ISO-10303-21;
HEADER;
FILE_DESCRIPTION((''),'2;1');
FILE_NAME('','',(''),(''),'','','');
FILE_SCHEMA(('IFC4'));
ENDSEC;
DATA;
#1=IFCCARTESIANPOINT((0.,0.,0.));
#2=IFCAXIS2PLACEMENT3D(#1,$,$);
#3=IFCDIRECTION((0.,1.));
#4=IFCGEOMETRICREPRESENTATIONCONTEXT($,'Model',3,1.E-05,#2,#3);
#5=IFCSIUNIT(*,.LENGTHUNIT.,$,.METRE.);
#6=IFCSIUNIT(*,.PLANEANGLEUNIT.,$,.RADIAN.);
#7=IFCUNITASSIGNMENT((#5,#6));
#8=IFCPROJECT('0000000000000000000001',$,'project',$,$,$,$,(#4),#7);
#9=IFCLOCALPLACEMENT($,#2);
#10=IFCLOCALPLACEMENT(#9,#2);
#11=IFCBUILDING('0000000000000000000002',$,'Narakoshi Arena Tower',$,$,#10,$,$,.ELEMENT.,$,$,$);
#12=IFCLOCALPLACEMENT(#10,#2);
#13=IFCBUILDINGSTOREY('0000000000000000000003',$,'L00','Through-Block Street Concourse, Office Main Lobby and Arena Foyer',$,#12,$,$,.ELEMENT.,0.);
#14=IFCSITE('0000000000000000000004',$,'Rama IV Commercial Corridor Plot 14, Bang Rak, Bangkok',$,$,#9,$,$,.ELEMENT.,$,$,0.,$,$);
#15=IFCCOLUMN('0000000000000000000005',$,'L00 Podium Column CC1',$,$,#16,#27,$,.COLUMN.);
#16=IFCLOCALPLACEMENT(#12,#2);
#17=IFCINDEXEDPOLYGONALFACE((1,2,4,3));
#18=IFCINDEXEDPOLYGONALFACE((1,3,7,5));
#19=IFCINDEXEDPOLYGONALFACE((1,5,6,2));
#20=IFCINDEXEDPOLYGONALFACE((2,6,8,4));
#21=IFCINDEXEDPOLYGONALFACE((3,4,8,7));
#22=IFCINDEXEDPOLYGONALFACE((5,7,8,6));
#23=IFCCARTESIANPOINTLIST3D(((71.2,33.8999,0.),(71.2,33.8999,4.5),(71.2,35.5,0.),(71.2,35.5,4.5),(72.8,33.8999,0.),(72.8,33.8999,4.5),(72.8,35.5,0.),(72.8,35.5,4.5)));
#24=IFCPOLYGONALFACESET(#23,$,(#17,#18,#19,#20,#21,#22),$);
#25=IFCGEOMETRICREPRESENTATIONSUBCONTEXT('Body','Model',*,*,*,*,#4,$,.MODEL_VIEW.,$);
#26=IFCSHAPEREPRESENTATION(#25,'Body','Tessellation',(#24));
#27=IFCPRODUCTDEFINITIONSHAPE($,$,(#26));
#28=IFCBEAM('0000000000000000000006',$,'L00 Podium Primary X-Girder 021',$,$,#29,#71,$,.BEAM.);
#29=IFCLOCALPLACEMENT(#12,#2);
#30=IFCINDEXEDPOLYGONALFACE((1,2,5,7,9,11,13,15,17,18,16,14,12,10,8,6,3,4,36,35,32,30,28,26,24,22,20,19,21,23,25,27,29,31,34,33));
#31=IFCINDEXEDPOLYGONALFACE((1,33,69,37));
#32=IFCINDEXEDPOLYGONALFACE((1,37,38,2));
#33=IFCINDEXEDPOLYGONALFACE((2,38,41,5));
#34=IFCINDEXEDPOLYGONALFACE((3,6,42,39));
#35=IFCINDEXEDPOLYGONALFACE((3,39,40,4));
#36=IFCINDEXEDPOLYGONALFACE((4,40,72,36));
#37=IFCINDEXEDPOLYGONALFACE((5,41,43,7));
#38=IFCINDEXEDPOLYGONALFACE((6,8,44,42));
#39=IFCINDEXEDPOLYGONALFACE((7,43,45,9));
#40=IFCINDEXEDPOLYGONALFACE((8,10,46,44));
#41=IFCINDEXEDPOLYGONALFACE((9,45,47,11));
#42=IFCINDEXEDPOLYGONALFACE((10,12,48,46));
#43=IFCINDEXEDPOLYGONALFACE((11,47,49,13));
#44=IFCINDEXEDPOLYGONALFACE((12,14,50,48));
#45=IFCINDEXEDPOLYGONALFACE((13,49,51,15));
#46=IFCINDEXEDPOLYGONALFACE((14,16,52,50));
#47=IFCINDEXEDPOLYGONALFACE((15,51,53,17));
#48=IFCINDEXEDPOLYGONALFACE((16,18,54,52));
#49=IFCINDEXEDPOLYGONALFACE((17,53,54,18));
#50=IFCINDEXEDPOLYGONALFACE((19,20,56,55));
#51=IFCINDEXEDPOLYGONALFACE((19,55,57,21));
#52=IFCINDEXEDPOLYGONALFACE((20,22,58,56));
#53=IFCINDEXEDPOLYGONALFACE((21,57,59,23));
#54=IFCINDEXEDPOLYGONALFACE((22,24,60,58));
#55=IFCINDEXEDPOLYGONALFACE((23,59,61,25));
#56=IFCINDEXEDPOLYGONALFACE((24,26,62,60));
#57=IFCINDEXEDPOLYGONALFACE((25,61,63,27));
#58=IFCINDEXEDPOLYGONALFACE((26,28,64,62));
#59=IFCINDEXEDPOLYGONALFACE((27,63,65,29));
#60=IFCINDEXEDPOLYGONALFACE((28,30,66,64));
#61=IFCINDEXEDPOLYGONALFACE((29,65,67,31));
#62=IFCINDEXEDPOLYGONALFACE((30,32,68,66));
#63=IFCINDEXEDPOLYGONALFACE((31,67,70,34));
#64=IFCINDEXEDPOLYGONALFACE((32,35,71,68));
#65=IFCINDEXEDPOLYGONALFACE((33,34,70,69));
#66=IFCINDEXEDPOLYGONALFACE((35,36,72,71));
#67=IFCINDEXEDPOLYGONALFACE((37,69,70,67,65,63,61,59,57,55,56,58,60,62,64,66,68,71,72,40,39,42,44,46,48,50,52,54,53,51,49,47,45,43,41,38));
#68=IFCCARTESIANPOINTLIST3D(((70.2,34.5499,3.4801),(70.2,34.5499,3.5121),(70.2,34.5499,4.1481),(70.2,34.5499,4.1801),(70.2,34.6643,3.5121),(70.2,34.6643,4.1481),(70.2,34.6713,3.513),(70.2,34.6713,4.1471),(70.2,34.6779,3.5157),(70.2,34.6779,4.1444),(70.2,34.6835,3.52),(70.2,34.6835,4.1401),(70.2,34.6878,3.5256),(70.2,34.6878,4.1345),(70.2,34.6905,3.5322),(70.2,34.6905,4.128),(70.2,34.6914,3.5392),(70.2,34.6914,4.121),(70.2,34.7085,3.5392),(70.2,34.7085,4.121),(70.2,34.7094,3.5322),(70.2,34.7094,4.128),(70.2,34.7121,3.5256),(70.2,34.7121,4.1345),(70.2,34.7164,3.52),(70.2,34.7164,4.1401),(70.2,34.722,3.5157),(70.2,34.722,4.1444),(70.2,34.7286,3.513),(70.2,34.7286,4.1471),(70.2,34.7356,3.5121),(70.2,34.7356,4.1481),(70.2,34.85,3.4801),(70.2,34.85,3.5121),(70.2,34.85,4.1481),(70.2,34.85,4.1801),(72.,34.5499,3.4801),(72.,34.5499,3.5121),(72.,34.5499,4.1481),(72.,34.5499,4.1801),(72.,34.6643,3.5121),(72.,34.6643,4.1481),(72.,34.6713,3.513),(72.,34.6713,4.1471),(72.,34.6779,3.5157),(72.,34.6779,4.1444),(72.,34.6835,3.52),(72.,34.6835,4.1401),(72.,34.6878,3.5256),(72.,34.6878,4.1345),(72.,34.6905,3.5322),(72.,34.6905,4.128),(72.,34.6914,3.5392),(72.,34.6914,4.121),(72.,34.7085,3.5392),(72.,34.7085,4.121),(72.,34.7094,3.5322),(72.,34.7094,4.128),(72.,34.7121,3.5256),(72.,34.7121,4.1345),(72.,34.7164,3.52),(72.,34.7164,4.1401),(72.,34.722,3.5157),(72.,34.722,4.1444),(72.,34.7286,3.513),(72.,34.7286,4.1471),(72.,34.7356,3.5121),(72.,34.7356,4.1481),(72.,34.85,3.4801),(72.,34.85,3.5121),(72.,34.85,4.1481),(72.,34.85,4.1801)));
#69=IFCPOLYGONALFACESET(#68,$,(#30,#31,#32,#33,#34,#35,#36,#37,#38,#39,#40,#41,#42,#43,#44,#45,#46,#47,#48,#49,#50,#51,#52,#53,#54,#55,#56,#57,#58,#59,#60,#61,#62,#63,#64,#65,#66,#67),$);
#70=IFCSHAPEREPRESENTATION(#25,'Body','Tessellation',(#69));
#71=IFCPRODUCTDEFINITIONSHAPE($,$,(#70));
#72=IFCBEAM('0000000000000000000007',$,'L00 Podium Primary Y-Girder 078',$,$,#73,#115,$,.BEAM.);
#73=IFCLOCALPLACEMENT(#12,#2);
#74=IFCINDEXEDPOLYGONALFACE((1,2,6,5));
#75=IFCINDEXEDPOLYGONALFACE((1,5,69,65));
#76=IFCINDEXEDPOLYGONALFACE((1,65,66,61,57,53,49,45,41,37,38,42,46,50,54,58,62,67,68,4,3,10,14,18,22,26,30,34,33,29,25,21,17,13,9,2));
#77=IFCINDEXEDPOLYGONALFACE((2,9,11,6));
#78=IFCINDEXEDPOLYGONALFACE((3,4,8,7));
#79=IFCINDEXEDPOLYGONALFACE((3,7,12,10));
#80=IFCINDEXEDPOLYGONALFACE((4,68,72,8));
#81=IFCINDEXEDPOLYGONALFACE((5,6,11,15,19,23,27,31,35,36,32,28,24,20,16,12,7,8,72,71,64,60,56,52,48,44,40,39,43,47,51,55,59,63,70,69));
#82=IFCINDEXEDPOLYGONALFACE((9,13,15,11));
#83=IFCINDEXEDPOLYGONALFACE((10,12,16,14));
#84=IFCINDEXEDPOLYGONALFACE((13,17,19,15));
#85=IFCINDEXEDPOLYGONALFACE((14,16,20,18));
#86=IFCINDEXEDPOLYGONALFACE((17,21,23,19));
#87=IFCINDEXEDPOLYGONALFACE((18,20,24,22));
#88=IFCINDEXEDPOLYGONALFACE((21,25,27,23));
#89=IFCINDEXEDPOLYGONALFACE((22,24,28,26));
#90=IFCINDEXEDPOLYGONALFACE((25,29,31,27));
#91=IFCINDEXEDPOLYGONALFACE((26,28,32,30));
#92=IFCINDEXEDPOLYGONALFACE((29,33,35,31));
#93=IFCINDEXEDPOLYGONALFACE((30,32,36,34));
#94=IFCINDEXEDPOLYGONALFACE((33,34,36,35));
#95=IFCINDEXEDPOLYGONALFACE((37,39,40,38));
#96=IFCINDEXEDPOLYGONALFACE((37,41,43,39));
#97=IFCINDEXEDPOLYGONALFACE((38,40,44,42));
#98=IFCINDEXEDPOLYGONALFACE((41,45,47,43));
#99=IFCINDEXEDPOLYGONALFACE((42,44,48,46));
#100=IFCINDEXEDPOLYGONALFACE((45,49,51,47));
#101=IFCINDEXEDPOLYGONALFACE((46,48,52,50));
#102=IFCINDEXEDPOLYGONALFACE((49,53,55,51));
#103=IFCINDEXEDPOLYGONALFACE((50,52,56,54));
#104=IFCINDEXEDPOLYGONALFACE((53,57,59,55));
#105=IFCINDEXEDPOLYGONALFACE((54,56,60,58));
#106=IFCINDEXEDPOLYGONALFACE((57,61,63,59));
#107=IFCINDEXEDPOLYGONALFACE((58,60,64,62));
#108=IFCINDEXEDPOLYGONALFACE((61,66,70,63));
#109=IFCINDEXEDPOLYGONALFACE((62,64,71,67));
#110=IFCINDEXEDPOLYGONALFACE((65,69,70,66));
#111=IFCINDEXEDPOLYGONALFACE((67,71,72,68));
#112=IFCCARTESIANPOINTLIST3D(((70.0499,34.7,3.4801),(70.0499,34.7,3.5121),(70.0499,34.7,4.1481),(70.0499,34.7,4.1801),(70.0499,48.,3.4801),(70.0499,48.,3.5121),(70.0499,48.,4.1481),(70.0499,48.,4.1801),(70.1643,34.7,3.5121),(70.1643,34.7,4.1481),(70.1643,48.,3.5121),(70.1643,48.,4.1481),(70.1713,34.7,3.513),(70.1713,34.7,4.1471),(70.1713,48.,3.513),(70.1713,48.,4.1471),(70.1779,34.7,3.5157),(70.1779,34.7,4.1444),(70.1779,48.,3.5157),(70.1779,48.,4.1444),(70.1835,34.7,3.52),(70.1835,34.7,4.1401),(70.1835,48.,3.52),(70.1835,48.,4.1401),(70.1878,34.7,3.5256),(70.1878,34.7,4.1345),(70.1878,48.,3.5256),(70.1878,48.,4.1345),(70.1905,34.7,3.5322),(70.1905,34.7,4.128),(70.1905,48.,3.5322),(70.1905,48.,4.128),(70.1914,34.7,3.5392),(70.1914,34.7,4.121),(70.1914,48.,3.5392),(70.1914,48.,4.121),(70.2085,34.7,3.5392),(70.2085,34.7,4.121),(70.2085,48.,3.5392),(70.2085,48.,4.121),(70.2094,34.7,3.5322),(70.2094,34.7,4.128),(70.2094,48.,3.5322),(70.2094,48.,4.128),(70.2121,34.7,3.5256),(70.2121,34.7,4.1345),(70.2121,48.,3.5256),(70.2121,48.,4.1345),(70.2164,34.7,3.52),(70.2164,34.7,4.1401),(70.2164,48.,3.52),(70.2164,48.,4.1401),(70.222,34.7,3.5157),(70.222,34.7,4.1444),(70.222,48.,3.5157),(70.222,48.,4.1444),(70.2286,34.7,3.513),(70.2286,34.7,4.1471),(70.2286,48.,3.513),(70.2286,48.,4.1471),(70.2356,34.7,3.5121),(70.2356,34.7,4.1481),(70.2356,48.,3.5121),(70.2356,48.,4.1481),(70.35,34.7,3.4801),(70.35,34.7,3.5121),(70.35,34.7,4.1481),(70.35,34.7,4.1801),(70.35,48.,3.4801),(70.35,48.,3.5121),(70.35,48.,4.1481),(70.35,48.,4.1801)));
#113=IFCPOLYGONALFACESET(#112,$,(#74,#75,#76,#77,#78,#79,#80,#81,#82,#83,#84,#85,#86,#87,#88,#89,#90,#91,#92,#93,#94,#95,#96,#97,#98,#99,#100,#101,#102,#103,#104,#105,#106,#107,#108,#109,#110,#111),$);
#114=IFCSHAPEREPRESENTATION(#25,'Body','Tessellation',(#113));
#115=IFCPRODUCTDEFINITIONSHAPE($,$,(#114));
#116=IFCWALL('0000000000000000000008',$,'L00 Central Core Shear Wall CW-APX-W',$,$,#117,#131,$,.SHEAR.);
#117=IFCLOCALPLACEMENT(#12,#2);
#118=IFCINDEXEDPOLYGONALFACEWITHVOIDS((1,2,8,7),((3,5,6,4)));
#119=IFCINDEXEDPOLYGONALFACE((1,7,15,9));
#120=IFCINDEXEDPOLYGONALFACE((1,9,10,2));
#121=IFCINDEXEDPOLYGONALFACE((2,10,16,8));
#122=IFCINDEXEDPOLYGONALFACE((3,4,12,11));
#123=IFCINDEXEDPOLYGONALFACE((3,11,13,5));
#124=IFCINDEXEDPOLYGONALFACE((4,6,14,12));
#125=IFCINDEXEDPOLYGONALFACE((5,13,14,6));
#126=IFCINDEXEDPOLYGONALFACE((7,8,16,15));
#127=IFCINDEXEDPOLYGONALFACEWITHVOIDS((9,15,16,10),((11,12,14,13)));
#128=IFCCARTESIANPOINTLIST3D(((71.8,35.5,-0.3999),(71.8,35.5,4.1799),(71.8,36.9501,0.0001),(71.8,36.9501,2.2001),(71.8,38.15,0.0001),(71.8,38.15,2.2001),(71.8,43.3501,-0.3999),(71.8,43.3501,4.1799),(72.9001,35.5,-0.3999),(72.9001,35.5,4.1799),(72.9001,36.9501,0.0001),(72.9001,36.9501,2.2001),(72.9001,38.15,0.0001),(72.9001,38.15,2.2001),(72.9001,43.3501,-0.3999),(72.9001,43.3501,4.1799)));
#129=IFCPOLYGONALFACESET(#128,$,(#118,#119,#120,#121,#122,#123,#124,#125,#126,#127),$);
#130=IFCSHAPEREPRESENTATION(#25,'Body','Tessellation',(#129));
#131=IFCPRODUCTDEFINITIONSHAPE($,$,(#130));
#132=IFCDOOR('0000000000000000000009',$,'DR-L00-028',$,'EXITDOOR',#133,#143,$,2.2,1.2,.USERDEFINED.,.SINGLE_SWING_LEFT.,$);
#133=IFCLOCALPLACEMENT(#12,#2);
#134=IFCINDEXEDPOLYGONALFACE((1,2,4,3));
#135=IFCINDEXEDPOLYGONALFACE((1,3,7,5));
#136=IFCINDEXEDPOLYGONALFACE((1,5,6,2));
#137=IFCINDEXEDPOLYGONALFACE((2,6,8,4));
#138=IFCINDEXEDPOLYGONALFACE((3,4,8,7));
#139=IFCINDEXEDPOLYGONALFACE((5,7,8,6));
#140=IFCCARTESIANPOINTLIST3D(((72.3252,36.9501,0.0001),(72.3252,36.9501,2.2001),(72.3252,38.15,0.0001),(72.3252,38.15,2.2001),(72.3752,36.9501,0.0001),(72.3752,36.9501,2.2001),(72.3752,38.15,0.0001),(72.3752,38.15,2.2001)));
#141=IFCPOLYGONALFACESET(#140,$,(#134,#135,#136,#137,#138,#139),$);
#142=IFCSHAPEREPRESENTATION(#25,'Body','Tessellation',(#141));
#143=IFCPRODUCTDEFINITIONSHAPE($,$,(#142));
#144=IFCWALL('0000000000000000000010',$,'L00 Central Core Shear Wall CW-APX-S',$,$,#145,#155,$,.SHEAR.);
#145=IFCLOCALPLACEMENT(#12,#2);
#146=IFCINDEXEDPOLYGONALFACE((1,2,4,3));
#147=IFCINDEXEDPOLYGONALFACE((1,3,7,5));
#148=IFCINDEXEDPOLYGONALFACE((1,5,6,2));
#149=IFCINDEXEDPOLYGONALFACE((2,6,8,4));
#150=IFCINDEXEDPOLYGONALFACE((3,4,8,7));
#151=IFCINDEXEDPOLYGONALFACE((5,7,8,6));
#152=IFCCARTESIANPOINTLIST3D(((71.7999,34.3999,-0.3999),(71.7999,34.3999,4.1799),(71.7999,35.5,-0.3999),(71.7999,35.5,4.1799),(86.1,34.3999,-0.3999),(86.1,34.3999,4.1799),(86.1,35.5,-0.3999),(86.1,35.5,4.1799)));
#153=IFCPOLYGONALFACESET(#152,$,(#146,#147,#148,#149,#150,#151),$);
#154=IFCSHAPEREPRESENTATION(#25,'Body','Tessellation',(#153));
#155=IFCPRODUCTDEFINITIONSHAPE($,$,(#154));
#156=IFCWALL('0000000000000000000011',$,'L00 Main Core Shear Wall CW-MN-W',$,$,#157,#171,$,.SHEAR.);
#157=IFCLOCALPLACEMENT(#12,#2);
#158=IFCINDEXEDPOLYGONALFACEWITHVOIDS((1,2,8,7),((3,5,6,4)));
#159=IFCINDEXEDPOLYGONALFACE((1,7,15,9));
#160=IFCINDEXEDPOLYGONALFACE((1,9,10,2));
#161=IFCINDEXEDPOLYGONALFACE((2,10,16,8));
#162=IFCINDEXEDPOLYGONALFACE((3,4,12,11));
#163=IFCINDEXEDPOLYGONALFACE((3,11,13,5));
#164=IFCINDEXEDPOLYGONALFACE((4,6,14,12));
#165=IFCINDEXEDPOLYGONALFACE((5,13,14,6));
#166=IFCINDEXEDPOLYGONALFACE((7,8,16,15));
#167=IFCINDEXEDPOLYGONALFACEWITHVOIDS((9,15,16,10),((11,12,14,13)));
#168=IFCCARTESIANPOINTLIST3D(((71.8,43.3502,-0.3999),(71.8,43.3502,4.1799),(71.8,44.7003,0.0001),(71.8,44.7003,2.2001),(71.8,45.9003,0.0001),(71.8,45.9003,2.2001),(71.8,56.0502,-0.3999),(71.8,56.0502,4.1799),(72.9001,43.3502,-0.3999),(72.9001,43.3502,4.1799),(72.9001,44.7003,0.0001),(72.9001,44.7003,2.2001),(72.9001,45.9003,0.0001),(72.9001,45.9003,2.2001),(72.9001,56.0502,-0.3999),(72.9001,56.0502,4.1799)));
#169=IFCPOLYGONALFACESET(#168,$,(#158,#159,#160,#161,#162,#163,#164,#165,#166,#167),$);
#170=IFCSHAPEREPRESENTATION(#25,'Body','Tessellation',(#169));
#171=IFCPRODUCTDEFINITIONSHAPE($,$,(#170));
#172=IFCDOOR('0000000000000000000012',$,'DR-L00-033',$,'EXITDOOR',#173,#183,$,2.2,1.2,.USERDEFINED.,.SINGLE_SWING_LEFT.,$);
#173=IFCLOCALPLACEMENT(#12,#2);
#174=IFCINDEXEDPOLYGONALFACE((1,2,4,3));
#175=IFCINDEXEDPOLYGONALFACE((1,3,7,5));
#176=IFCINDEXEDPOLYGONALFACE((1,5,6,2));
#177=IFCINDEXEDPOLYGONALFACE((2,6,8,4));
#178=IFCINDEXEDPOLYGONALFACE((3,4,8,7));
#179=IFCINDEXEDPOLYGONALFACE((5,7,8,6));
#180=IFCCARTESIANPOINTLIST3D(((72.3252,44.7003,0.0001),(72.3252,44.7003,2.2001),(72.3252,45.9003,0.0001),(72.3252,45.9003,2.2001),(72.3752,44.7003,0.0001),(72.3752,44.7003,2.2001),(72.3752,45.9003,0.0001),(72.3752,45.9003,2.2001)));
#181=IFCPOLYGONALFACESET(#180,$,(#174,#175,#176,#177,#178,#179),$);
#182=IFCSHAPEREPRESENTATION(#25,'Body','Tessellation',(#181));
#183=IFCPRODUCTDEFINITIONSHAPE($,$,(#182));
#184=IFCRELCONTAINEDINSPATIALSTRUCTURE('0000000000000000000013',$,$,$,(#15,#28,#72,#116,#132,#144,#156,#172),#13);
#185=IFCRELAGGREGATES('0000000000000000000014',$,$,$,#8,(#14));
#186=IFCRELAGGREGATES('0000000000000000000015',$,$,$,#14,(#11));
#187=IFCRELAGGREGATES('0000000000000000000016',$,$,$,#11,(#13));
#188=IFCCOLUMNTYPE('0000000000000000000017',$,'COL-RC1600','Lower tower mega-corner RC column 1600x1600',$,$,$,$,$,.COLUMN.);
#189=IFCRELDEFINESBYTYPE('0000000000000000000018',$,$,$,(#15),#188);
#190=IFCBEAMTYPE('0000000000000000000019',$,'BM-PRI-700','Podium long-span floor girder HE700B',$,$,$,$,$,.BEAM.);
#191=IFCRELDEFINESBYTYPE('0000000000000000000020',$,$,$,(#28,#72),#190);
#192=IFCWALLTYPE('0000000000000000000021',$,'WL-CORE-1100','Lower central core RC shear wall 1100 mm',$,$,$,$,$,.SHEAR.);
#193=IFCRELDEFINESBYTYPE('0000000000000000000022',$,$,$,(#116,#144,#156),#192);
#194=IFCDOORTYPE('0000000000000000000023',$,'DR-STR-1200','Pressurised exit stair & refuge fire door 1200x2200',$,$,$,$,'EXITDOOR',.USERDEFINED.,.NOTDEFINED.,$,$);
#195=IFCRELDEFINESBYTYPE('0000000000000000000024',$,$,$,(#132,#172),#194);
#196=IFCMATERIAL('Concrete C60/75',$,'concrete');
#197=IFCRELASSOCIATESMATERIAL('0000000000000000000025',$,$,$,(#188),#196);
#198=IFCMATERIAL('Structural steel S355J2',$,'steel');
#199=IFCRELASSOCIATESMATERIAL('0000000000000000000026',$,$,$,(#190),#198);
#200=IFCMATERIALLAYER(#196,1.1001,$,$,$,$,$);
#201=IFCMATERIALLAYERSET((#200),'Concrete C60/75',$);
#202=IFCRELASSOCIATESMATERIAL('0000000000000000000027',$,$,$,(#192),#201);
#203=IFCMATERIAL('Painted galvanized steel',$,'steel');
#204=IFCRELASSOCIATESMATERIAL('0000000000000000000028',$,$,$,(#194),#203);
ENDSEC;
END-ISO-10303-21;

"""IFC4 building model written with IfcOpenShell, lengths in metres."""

from ifc_helpers import new_model, si_unit, direction, frame, frame_2d, origin, origin_2d, place, context, subcontext, project, spatial, rectangle, i_section, extrude, material, layer, layer_set, material_profile, profile_set, type_object, element, fill, save


model = new_model("IFC4")

# Units and contexts
model_context = context("Model", 3, precision=1e-05, world=origin(), true_north=direction((0.0, 1.0)))
body_context = subcontext(model_context, "Body", "Model", "MODEL_VIEW")
ifc_project = project(units=[si_unit("LENGTHUNIT", "METRE"), si_unit("PLANEANGLEUNIT", "RADIAN")], contexts=[model_context])

# Site, building, storey
site_placement = place(None, origin())
site = spatial("IfcSite", under=ifc_project, at=site_placement, Name="Rama IV Commercial Corridor Plot 14, Bang Rak, Bangkok", CompositionType="ELEMENT", RefElevation=0.0)
building_placement = place(site_placement, origin())
building = spatial("IfcBuilding", under=site, at=building_placement, Name="Narakoshi Arena Tower", CompositionType="ELEMENT")
storey_placement = place(building_placement, origin())
storey = spatial("IfcBuildingStorey", under=building, at=storey_placement, Name="L00", Description="Through-Block Street Concourse, Office Main Lobby and Arena Foyer", CompositionType="ELEMENT", Elevation=0.0)

# Column
ifc_material_1 = material(Name="Concrete C60/75", Category="concrete")
ifc_material_profile_1 = material_profile(ifc_material_1, rectangle(XDim=1.6001, YDim=1.6001, at=origin_2d()), Name="RC1600x1600")
ifc_profile_set_1 = profile_set([ifc_material_profile_1], Name="Concrete C60/75")
column_type = type_object("IfcColumnType", Name="COL-RC1600", Description="Lower tower mega-corner RC column 1600x1600", PredefinedType="COLUMN", material=ifc_profile_set_1)
column_placement = place(storey_placement, frame((72.0, 34.7, 0.0), z_axis=(0.0, 0.0, 1.0), x_axis=(1.0, 0.0, 0.0)))
element("IfcColumn", 1, at=column_placement, inside=storey, type_object=column_type, Name="L00 Podium Column CC1", PredefinedType="COLUMN", context=body_context, shape_type="SweptSolid", body=[
    extrude(rectangle(XDim=1.6001, YDim=1.6001, at=origin_2d()), origin(), (0.0, 0.0, 1.0), 4.5),
])

# Beams
ifc_material_2 = material(Name="Structural steel S355J2", Category="steel")
ifc_material_profile_2 = material_profile(ifc_material_2, i_section(OverallWidth=0.3, OverallDepth=0.7, WebThickness=0.0171, FlangeThickness=0.032, FilletRadius=0.0271, at=origin_2d()), Name="HE700B")
ifc_profile_set_2 = profile_set([ifc_material_profile_2], Name="Structural steel S355J2")
beam_type = type_object("IfcBeamType", Name="BM-PRI-700", Description="Podium long-span floor girder HE700B", PredefinedType="BEAM", material=ifc_profile_set_2)
beam_1_placement = place(storey_placement, frame((70.2, 34.7, 3.8301), z_axis=(1.0, 0.0, 0.0), x_axis=(0.0, 1.0, 0.0)))
element("IfcBeam", 2, at=beam_1_placement, inside=storey, type_object=beam_type, Name="L00 Podium Primary X-Girder 021", PredefinedType="BEAM", context=body_context, shape_type="SweptSolid", body=[
    extrude(i_section(OverallWidth=0.3, OverallDepth=0.7, WebThickness=0.0171, FlangeThickness=0.032, FilletRadius=0.0271, at=origin_2d()), origin(), (0.0, 0.0, 1.0), 1.8),
])
beam_2_placement = place(storey_placement, frame((70.2, 34.7, 3.8301), z_axis=(0.0, 1.0, 0.0), x_axis=(-1.0, 0.0, 0.0)))
element("IfcBeam", 3, at=beam_2_placement, inside=storey, type_object=beam_type, Name="L00 Podium Primary Y-Girder 078", PredefinedType="BEAM", context=body_context, shape_type="SweptSolid", body=[
    extrude(i_section(OverallWidth=0.3, OverallDepth=0.7, WebThickness=0.0171, FlangeThickness=0.032, FilletRadius=0.0271, at=origin_2d()), origin(), (0.0, 0.0, 1.0), 13.3),
])

# Wall, opening, door
ifc_layer_1 = layer(ifc_material_1, 1.1001)
ifc_layer_set_1 = layer_set([ifc_layer_1], Name="Concrete C60/75")
wall_type_1 = type_object("IfcWallType", Name="WL-CORE-1100", Description="Lower central core RC shear wall 1100 mm", PredefinedType="SHEAR", material=ifc_layer_set_1)
wall_1_placement = place(storey_placement, frame((72.3501, 35.5, -0.3999), z_axis=(0.0, 0.0, 1.0), x_axis=(0.0, 1.0, 0.0)))
wall_1 = element("IfcWall", 4, at=wall_1_placement, inside=storey, type_object=wall_type_1, Name="L00 Central Core Shear Wall CW-APX-W", PredefinedType="SHEAR", context=body_context, shape_type="SweptSolid", body=[
    extrude(rectangle(XDim=7.8501, YDim=1.1001, at=frame_2d((3.925, 0.0))), origin(), (0.0, 0.0, 1.0), 4.5798),
])
opening_1_placement = place(wall_1_placement, frame((1.45, 0.0, 0.3999)))
opening_1 = element("IfcOpeningElement", 5, at=opening_1_placement, cuts=wall_1, PredefinedType="OPENING", context=body_context, shape_type="SweptSolid", body=[
    extrude(rectangle(XDim=1.2, YDim=2.2, at=frame_2d((0.6001, 1.1001))), frame((0.0, 0.5601, 0.0), z_axis=(0.0, -1.0, 0.0), x_axis=(1.0, 0.0, 0.0)), (0.0, 0.0, 1.0), 1.1201),
])
ifc_material_3 = material(Name="Painted galvanized steel", Category="steel")
door_type = type_object("IfcDoorType", Name="DR-STR-1200", Description="Pressurised exit stair & refuge fire door 1200x2200", ElementType="EXITDOOR", OperationType="NOTDEFINED", PredefinedType="USERDEFINED", material=ifc_material_3)
door_1_placement = place(opening_1_placement, origin())
door_1 = element("IfcDoor", 6, at=door_1_placement, inside=storey, type_object=door_type, Name="DR-L00-028", ObjectType="EXITDOOR", OperationType="SINGLE_SWING_LEFT", OverallHeight=2.2, OverallWidth=1.2, PredefinedType="USERDEFINED", context=body_context, shape_type="SweptSolid", body=[
    extrude(rectangle(XDim=1.2, YDim=2.2, at=frame_2d((0.6001, 1.1001))), frame((0.0, 0.0249, 0.0), z_axis=(0.0, -1.0, 0.0), x_axis=(1.0, 0.0, 0.0)), (0.0, 0.0, 1.0), 0.05),
])
fill(opening_1, door_1)

# Wall
wall_2_placement = place(storey_placement, frame((71.8, 34.95, -0.3999), z_axis=(0.0, 0.0, 1.0), x_axis=(1.0, 0.0, 0.0)))
element("IfcWall", 7, at=wall_2_placement, inside=storey, type_object=wall_type_1, Name="L00 Central Core Shear Wall CW-APX-S", PredefinedType="SHEAR", context=body_context, shape_type="SweptSolid", body=[
    extrude(rectangle(XDim=14.3, YDim=1.1001, at=frame_2d((7.1499, 0.0))), origin(), (0.0, 0.0, 1.0), 4.5798),
])

# Wall, opening, door
wall_3_placement = place(storey_placement, frame((72.3501, 43.3501, -0.3999), z_axis=(0.0, 0.0, 1.0), x_axis=(0.0, 1.0, 0.0)))
wall_3 = element("IfcWall", 8, at=wall_3_placement, inside=storey, type_object=wall_type_1, Name="L00 Main Core Shear Wall CW-MN-W", PredefinedType="SHEAR", context=body_context, shape_type="SweptSolid", body=[
    extrude(rectangle(XDim=12.7, YDim=1.1001, at=frame_2d((6.3501, 0.0))), origin(), (0.0, 0.0, 1.0), 4.5798),
])
opening_2_placement = place(wall_3_placement, frame((1.3501, 0.0, 0.3999)))
opening_2 = element("IfcOpeningElement", 9, at=opening_2_placement, cuts=wall_3, PredefinedType="OPENING", context=body_context, shape_type="SweptSolid", body=[
    extrude(rectangle(XDim=1.2, YDim=2.2, at=frame_2d((0.6001, 1.1001))), frame((0.0, 0.5601, 0.0), z_axis=(0.0, -1.0, 0.0), x_axis=(1.0, 0.0, 0.0)), (0.0, 0.0, 1.0), 1.1201),
])
door_2_placement = place(opening_2_placement, origin())
door_2 = element("IfcDoor", 10, at=door_2_placement, inside=storey, type_object=door_type, Name="DR-L00-033", ObjectType="EXITDOOR", OperationType="SINGLE_SWING_LEFT", OverallHeight=2.2, OverallWidth=1.2, PredefinedType="USERDEFINED", context=body_context, shape_type="SweptSolid", body=[
    extrude(rectangle(XDim=1.2, YDim=2.2, at=frame_2d((0.6001, 1.1001))), frame((0.0, 0.0249, 0.0), z_axis=(0.0, -1.0, 0.0), x_axis=(1.0, 0.0, 0.0)), (0.0, 0.0, 1.0), 0.05),
])
fill(opening_2, door_2)

save(model, "model.ifc")
